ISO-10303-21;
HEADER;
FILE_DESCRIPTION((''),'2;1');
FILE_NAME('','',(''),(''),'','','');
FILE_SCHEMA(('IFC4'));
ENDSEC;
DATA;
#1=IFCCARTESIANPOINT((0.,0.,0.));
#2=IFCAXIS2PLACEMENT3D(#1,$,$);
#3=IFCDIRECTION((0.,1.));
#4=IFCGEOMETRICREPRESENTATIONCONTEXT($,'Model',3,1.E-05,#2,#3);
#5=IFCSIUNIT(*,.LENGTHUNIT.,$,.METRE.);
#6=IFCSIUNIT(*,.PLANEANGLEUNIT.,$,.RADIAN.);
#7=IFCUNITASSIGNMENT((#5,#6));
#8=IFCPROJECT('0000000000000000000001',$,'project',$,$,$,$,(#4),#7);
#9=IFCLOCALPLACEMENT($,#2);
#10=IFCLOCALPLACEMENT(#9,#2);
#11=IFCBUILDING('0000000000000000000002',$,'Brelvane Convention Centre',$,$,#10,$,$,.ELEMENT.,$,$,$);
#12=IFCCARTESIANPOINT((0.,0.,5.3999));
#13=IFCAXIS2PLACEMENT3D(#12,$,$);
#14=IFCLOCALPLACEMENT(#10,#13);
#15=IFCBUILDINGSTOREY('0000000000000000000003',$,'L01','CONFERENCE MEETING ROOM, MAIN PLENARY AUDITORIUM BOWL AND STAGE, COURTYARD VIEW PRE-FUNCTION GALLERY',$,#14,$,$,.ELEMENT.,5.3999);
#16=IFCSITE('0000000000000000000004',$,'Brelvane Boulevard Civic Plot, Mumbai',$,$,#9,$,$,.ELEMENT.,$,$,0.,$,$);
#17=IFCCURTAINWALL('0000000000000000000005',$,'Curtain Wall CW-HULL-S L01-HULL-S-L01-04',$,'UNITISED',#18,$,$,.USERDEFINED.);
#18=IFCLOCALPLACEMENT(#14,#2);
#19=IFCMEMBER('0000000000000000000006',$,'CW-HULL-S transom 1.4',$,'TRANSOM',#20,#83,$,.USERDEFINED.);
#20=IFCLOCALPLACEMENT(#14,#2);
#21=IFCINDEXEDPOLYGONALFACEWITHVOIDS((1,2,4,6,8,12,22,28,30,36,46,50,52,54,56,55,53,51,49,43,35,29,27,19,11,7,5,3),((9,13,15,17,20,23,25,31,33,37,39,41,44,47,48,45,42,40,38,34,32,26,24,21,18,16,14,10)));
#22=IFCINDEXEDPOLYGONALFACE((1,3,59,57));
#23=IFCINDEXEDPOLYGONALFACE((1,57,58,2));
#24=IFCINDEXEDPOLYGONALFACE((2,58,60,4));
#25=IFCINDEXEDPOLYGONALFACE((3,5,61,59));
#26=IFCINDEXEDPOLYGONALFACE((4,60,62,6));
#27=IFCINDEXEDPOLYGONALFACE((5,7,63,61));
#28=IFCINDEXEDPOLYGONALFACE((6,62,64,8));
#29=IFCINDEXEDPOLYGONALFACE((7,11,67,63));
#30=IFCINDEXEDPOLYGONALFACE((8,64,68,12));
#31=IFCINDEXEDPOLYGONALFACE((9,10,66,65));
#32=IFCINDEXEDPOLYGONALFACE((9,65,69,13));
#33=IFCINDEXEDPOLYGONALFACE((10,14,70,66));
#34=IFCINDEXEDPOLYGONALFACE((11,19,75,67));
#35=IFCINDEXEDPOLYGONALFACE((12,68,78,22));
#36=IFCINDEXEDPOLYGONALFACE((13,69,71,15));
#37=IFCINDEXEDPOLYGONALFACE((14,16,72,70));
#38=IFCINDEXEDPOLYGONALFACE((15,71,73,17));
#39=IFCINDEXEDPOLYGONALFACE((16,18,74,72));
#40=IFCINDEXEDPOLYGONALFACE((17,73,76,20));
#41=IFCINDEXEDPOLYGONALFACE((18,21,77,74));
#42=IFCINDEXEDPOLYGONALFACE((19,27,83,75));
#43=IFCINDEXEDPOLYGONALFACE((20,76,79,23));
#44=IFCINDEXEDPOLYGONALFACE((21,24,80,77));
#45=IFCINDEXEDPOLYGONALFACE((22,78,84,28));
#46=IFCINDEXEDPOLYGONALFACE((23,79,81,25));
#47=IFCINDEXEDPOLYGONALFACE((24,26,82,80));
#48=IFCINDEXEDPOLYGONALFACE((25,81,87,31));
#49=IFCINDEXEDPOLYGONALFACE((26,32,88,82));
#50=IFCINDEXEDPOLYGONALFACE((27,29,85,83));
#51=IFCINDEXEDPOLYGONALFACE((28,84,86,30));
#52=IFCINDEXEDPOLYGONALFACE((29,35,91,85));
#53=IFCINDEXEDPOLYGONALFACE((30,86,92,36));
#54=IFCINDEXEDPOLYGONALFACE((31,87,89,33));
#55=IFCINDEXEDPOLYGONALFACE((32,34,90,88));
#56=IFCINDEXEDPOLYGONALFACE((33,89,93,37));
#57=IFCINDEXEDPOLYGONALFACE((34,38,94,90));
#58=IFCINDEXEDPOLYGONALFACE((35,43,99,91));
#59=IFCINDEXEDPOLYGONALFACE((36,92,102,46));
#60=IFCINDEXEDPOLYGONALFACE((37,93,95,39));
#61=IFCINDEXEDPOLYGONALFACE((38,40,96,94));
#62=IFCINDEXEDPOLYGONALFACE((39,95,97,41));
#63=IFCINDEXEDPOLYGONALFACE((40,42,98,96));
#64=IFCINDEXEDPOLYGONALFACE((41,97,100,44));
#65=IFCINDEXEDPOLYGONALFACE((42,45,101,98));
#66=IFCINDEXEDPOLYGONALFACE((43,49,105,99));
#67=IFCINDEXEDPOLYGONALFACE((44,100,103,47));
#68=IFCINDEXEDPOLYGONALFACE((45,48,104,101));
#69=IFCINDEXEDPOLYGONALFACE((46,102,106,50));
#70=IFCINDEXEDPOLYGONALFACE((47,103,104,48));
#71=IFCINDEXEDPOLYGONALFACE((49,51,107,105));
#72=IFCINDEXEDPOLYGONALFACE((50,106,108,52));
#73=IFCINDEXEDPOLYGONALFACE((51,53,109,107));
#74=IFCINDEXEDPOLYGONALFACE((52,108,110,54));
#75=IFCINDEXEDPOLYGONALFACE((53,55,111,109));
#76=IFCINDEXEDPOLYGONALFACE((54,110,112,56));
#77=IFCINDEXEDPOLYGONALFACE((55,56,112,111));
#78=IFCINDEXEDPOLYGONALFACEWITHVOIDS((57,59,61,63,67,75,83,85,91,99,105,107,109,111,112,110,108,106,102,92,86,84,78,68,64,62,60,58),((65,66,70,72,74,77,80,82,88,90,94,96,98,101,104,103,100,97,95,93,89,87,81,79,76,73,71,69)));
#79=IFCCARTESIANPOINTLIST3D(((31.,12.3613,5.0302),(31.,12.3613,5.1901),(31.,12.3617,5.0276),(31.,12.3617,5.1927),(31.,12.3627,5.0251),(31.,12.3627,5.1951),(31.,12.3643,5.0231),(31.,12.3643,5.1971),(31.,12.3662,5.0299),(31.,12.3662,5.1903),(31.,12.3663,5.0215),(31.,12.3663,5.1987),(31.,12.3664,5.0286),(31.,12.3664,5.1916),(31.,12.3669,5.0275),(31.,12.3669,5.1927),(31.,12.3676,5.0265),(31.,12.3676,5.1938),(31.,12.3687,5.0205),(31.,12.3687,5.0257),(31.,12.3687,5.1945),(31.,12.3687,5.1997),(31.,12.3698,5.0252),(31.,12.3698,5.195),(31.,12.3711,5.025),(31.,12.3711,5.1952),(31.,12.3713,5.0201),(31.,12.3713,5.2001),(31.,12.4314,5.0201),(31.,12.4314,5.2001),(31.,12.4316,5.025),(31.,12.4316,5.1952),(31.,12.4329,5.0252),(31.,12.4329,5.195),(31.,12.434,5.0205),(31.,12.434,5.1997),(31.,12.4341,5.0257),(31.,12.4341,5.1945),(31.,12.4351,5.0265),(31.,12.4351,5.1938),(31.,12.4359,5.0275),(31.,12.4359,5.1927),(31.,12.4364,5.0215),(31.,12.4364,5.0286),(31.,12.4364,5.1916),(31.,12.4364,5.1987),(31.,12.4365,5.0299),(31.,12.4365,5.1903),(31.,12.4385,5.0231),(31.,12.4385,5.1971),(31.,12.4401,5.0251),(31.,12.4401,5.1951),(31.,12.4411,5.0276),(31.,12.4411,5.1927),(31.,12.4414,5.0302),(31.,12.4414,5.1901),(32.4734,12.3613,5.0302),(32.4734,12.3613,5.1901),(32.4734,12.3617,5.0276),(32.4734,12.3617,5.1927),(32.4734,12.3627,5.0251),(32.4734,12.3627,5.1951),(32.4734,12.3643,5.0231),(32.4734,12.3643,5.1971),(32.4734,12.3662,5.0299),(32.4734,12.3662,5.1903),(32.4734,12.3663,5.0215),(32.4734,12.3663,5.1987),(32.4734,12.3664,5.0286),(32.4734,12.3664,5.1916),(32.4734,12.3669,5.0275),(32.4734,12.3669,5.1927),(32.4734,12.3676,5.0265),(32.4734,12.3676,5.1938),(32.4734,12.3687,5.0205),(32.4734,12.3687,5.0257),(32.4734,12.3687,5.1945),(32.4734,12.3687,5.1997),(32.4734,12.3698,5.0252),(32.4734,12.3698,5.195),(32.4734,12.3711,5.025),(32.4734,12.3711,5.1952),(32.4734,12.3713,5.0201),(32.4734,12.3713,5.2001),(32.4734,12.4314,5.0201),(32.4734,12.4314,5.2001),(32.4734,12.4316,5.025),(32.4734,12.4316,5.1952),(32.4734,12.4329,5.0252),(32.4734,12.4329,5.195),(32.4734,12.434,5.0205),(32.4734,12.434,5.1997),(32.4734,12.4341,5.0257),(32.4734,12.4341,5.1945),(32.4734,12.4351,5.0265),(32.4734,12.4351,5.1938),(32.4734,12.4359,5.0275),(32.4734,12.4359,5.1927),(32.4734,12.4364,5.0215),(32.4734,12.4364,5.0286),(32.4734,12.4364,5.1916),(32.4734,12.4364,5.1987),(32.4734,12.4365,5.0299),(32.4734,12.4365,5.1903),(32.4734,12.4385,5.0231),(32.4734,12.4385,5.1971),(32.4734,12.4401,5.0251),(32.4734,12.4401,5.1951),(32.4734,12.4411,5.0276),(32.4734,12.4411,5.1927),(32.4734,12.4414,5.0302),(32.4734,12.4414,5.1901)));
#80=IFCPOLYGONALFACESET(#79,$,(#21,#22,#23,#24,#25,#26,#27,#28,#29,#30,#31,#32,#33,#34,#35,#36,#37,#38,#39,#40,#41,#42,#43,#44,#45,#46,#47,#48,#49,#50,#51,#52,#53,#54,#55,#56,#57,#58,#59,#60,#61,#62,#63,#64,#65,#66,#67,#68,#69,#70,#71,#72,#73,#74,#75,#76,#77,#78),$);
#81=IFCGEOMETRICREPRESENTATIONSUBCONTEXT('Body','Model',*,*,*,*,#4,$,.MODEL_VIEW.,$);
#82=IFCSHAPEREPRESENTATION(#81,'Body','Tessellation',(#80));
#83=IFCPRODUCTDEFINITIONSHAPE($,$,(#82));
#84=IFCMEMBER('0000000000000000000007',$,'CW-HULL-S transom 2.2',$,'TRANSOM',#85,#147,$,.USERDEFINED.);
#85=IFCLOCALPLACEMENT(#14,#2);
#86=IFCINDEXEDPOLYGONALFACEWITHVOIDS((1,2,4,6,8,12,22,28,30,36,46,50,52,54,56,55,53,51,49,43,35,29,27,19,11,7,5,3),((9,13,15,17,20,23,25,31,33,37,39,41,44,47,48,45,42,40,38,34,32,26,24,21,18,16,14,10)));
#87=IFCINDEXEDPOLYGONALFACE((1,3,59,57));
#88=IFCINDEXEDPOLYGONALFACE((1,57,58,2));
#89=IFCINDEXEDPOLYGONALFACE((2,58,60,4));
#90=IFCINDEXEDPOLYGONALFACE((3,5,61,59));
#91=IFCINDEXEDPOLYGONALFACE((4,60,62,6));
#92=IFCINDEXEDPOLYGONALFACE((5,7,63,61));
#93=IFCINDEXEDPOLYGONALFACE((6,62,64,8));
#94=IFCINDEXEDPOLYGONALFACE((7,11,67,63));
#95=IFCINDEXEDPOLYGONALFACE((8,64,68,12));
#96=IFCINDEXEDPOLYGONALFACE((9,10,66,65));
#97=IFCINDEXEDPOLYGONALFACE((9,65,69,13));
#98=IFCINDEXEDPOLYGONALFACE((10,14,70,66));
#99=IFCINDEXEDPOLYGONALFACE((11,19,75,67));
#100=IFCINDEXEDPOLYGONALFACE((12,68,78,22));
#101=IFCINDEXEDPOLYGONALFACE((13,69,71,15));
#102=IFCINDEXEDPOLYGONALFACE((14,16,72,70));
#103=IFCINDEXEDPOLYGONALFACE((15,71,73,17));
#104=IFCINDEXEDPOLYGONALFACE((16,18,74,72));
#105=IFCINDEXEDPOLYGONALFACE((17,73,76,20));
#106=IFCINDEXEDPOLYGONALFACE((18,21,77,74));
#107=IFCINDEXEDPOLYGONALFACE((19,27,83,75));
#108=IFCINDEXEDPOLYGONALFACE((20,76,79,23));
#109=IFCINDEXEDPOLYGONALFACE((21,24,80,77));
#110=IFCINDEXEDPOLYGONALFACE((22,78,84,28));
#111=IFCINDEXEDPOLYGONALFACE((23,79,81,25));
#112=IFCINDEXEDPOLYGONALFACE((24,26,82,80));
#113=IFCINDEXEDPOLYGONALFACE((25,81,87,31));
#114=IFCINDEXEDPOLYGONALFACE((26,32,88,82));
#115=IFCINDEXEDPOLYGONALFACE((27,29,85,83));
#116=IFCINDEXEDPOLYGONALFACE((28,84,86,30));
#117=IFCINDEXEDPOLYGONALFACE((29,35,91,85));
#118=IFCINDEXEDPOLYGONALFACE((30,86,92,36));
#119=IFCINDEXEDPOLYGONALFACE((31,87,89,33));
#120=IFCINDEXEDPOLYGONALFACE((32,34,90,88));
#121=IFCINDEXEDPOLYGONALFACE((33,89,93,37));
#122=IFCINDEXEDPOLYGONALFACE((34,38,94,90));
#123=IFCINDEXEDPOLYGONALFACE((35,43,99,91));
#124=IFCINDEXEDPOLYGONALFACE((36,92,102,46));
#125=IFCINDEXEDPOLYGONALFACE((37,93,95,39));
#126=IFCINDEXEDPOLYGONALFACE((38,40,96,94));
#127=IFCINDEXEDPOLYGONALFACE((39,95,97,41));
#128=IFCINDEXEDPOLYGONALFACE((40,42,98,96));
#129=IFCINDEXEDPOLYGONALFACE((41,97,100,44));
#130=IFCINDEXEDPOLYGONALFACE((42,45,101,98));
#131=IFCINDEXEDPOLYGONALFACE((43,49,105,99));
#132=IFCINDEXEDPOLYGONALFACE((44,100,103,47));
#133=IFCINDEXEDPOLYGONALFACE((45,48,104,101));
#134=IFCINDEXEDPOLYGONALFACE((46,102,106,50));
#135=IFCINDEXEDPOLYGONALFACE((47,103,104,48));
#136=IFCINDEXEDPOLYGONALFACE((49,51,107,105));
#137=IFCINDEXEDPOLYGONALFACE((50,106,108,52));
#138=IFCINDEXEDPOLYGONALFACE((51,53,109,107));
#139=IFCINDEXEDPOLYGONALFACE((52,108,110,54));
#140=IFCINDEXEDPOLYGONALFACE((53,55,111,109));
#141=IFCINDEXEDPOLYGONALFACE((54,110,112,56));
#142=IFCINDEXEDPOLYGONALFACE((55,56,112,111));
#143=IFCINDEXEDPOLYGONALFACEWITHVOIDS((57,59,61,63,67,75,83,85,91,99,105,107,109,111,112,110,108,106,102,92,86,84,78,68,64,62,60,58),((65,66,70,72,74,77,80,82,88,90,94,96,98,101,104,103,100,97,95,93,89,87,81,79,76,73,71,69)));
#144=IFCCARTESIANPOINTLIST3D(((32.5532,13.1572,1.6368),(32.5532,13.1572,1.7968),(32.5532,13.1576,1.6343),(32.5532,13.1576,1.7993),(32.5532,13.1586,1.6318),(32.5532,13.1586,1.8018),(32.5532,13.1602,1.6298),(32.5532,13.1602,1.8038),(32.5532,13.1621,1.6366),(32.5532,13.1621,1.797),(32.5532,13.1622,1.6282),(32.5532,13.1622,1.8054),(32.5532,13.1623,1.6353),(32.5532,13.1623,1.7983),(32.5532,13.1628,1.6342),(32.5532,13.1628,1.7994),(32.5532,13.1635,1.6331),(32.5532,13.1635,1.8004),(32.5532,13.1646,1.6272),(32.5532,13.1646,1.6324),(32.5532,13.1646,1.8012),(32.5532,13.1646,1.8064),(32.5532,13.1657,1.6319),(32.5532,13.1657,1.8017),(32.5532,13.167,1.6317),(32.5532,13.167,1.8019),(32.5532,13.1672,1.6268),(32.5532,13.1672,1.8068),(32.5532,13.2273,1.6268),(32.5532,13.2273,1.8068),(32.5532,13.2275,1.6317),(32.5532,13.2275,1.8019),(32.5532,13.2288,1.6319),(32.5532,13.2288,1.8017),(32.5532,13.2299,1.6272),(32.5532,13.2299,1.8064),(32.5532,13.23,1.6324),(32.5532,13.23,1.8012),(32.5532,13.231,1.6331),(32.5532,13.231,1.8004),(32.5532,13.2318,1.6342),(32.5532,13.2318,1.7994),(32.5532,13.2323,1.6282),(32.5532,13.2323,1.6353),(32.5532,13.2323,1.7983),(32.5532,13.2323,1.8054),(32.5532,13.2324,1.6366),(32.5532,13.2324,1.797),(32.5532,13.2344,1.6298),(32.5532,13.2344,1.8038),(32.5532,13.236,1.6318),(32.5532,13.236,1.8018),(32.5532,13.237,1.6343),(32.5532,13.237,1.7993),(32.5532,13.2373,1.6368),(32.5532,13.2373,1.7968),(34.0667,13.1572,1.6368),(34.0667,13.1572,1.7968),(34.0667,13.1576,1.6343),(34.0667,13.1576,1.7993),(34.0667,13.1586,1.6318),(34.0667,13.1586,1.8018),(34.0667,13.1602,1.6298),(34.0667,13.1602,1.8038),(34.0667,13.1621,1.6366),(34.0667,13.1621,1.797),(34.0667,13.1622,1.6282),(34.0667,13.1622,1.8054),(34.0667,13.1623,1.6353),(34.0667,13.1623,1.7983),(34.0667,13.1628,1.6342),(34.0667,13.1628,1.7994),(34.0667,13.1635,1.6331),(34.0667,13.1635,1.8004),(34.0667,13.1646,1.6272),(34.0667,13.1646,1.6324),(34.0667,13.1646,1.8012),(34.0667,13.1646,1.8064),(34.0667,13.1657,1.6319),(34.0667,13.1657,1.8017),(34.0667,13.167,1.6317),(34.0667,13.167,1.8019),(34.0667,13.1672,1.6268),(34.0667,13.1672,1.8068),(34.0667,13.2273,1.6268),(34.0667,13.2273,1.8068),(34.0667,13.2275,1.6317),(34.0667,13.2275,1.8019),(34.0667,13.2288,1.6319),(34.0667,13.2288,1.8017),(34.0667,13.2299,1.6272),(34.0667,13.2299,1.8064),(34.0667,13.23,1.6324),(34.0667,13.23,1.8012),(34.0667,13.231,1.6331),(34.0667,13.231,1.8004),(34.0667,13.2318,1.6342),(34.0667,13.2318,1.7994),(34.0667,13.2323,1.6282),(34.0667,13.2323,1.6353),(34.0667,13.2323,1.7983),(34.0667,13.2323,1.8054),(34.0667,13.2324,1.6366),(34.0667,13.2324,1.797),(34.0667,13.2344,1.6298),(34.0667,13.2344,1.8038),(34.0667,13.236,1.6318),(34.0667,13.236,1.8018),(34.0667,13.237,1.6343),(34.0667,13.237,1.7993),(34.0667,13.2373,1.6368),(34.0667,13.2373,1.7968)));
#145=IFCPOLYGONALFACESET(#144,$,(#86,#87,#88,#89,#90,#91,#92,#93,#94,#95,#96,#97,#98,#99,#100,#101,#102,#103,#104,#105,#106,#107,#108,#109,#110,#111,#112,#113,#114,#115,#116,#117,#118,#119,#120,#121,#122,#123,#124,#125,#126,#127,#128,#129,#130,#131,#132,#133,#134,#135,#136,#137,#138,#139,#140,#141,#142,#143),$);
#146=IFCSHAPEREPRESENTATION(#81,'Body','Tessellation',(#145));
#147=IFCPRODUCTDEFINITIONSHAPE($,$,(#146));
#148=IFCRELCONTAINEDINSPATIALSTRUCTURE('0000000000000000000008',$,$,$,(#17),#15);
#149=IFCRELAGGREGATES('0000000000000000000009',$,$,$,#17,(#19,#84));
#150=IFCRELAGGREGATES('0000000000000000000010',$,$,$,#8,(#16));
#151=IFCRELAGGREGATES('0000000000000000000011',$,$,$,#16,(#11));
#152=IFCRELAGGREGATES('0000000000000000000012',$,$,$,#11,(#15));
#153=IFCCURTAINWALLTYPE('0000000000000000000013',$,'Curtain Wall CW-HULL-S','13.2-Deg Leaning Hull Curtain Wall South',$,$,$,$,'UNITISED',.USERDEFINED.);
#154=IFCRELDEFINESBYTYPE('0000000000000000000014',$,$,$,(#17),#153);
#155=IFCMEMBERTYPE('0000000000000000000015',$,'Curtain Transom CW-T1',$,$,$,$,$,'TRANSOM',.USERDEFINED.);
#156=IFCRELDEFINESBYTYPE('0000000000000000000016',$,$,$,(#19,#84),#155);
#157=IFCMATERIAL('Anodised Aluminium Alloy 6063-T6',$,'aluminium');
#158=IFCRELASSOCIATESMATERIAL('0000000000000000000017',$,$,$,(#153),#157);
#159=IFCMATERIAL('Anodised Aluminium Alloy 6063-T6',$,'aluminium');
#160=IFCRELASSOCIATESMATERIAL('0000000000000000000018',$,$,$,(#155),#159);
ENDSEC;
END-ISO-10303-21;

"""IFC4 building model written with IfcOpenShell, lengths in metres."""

from ifc_helpers import new_model, si_unit, direction, frame, origin, origin_2d, place, context, subcontext, project, spatial, hollow_rectangle, extrude, material, material_profile, profile_set, type_object, element, aggregate, save


model = new_model("IFC4")

# Units and contexts
model_context = context("Model", 3, precision=1e-05, world=origin(), true_north=direction((0.0, 1.0)))
body_context = subcontext(model_context, "Body", "Model", "MODEL_VIEW")
ifc_project = project(units=[si_unit("LENGTHUNIT", "METRE"), si_unit("PLANEANGLEUNIT", "RADIAN")], contexts=[model_context])

# Site, building, storey
site_placement = place(None, origin())
site = spatial("IfcSite", under=ifc_project, at=site_placement, Name="Brelvane Boulevard Civic Plot, Mumbai", CompositionType="ELEMENT", RefElevation=0.0)
building_placement = place(site_placement, origin())
building = spatial("IfcBuilding", under=site, at=building_placement, Name="Brelvane Convention Centre", CompositionType="ELEMENT")
storey_placement = place(building_placement, frame((0.0, 0.0, 5.3999)))
storey = spatial("IfcBuildingStorey", under=building, at=storey_placement, Name="L01", Description="CONFERENCE MEETING ROOM, MAIN PLENARY AUDITORIUM BOWL AND STAGE, COURTYARD VIEW PRE-FUNCTION GALLERY", CompositionType="ELEMENT", Elevation=5.3999)

# Curtain wall, members
ifc_material_1 = material(Name="Anodised Aluminium Alloy 6063-T6", Category="aluminium")
curtain_wall_type = type_object("IfcCurtainWallType", Name="Curtain Wall CW-HULL-S", Description="13.2-Deg Leaning Hull Curtain Wall South", ElementType="UNITISED", PredefinedType="USERDEFINED", material=ifc_material_1)
ifc_material_2 = material(Name="Anodised Aluminium Alloy 6063-T6", Category="aluminium")
ifc_material_profile = material_profile(ifc_material_2, hollow_rectangle(XDim=0.0801, YDim=0.1799, WallThickness=0.0049, InnerFilletRadius=0.0049, OuterFilletRadius=0.01, at=origin_2d()), Name="ALU-T 180x80x5.0")
ifc_profile_set = profile_set([ifc_material_profile], Name="Anodised Aluminium Alloy 6063-T6")
member_type = type_object("IfcMemberType", Name="Curtain Transom CW-T1", ElementType="TRANSOM", PredefinedType="USERDEFINED", material=ifc_profile_set)
curtain_wall_1_placement = place(storey_placement, origin())
curtain_wall_1 = element("IfcCurtainWall", 1, at=curtain_wall_1_placement, inside=storey, type_object=curtain_wall_type, Name="Curtain Wall CW-HULL-S L01-HULL-S-L01-04", ObjectType="UNITISED", PredefinedType="USERDEFINED")
member_1_placement = place(storey_placement, frame((31.0, 12.4014, 5.1101), z_axis=(1.0, 0.0, 0.0), x_axis=(0.0, 1.0, 0.0)))
member_1 = element("IfcMember", 2, at=member_1_placement, type_object=member_type, Name="CW-HULL-S transom 1.4", ObjectType="TRANSOM", PredefinedType="USERDEFINED", context=body_context, shape_type="SweptSolid", body=[
    extrude(hollow_rectangle(XDim=0.0801, YDim=0.1799, WallThickness=0.0049, InnerFilletRadius=0.0049, OuterFilletRadius=0.01, at=origin_2d()), origin(), (0.0, 0.0, 1.0), 1.4734),
])
member_2_placement = place(storey_placement, frame((32.5532, 13.1973, 1.7168), z_axis=(1.0, 0.0, 0.0), x_axis=(0.0, 1.0, 0.0)))
member_2 = element("IfcMember", 3, at=member_2_placement, type_object=member_type, Name="CW-HULL-S transom 2.2", ObjectType="TRANSOM", PredefinedType="USERDEFINED", context=body_context, shape_type="SweptSolid", body=[
    extrude(hollow_rectangle(XDim=0.0801, YDim=0.1799, WallThickness=0.0049, InnerFilletRadius=0.0049, OuterFilletRadius=0.01, at=origin_2d()), origin(), (0.0, 0.0, 1.0), 1.5134),
])

aggregate(curtain_wall_1, [member_1, member_2])

save(model, "model.ifc")
